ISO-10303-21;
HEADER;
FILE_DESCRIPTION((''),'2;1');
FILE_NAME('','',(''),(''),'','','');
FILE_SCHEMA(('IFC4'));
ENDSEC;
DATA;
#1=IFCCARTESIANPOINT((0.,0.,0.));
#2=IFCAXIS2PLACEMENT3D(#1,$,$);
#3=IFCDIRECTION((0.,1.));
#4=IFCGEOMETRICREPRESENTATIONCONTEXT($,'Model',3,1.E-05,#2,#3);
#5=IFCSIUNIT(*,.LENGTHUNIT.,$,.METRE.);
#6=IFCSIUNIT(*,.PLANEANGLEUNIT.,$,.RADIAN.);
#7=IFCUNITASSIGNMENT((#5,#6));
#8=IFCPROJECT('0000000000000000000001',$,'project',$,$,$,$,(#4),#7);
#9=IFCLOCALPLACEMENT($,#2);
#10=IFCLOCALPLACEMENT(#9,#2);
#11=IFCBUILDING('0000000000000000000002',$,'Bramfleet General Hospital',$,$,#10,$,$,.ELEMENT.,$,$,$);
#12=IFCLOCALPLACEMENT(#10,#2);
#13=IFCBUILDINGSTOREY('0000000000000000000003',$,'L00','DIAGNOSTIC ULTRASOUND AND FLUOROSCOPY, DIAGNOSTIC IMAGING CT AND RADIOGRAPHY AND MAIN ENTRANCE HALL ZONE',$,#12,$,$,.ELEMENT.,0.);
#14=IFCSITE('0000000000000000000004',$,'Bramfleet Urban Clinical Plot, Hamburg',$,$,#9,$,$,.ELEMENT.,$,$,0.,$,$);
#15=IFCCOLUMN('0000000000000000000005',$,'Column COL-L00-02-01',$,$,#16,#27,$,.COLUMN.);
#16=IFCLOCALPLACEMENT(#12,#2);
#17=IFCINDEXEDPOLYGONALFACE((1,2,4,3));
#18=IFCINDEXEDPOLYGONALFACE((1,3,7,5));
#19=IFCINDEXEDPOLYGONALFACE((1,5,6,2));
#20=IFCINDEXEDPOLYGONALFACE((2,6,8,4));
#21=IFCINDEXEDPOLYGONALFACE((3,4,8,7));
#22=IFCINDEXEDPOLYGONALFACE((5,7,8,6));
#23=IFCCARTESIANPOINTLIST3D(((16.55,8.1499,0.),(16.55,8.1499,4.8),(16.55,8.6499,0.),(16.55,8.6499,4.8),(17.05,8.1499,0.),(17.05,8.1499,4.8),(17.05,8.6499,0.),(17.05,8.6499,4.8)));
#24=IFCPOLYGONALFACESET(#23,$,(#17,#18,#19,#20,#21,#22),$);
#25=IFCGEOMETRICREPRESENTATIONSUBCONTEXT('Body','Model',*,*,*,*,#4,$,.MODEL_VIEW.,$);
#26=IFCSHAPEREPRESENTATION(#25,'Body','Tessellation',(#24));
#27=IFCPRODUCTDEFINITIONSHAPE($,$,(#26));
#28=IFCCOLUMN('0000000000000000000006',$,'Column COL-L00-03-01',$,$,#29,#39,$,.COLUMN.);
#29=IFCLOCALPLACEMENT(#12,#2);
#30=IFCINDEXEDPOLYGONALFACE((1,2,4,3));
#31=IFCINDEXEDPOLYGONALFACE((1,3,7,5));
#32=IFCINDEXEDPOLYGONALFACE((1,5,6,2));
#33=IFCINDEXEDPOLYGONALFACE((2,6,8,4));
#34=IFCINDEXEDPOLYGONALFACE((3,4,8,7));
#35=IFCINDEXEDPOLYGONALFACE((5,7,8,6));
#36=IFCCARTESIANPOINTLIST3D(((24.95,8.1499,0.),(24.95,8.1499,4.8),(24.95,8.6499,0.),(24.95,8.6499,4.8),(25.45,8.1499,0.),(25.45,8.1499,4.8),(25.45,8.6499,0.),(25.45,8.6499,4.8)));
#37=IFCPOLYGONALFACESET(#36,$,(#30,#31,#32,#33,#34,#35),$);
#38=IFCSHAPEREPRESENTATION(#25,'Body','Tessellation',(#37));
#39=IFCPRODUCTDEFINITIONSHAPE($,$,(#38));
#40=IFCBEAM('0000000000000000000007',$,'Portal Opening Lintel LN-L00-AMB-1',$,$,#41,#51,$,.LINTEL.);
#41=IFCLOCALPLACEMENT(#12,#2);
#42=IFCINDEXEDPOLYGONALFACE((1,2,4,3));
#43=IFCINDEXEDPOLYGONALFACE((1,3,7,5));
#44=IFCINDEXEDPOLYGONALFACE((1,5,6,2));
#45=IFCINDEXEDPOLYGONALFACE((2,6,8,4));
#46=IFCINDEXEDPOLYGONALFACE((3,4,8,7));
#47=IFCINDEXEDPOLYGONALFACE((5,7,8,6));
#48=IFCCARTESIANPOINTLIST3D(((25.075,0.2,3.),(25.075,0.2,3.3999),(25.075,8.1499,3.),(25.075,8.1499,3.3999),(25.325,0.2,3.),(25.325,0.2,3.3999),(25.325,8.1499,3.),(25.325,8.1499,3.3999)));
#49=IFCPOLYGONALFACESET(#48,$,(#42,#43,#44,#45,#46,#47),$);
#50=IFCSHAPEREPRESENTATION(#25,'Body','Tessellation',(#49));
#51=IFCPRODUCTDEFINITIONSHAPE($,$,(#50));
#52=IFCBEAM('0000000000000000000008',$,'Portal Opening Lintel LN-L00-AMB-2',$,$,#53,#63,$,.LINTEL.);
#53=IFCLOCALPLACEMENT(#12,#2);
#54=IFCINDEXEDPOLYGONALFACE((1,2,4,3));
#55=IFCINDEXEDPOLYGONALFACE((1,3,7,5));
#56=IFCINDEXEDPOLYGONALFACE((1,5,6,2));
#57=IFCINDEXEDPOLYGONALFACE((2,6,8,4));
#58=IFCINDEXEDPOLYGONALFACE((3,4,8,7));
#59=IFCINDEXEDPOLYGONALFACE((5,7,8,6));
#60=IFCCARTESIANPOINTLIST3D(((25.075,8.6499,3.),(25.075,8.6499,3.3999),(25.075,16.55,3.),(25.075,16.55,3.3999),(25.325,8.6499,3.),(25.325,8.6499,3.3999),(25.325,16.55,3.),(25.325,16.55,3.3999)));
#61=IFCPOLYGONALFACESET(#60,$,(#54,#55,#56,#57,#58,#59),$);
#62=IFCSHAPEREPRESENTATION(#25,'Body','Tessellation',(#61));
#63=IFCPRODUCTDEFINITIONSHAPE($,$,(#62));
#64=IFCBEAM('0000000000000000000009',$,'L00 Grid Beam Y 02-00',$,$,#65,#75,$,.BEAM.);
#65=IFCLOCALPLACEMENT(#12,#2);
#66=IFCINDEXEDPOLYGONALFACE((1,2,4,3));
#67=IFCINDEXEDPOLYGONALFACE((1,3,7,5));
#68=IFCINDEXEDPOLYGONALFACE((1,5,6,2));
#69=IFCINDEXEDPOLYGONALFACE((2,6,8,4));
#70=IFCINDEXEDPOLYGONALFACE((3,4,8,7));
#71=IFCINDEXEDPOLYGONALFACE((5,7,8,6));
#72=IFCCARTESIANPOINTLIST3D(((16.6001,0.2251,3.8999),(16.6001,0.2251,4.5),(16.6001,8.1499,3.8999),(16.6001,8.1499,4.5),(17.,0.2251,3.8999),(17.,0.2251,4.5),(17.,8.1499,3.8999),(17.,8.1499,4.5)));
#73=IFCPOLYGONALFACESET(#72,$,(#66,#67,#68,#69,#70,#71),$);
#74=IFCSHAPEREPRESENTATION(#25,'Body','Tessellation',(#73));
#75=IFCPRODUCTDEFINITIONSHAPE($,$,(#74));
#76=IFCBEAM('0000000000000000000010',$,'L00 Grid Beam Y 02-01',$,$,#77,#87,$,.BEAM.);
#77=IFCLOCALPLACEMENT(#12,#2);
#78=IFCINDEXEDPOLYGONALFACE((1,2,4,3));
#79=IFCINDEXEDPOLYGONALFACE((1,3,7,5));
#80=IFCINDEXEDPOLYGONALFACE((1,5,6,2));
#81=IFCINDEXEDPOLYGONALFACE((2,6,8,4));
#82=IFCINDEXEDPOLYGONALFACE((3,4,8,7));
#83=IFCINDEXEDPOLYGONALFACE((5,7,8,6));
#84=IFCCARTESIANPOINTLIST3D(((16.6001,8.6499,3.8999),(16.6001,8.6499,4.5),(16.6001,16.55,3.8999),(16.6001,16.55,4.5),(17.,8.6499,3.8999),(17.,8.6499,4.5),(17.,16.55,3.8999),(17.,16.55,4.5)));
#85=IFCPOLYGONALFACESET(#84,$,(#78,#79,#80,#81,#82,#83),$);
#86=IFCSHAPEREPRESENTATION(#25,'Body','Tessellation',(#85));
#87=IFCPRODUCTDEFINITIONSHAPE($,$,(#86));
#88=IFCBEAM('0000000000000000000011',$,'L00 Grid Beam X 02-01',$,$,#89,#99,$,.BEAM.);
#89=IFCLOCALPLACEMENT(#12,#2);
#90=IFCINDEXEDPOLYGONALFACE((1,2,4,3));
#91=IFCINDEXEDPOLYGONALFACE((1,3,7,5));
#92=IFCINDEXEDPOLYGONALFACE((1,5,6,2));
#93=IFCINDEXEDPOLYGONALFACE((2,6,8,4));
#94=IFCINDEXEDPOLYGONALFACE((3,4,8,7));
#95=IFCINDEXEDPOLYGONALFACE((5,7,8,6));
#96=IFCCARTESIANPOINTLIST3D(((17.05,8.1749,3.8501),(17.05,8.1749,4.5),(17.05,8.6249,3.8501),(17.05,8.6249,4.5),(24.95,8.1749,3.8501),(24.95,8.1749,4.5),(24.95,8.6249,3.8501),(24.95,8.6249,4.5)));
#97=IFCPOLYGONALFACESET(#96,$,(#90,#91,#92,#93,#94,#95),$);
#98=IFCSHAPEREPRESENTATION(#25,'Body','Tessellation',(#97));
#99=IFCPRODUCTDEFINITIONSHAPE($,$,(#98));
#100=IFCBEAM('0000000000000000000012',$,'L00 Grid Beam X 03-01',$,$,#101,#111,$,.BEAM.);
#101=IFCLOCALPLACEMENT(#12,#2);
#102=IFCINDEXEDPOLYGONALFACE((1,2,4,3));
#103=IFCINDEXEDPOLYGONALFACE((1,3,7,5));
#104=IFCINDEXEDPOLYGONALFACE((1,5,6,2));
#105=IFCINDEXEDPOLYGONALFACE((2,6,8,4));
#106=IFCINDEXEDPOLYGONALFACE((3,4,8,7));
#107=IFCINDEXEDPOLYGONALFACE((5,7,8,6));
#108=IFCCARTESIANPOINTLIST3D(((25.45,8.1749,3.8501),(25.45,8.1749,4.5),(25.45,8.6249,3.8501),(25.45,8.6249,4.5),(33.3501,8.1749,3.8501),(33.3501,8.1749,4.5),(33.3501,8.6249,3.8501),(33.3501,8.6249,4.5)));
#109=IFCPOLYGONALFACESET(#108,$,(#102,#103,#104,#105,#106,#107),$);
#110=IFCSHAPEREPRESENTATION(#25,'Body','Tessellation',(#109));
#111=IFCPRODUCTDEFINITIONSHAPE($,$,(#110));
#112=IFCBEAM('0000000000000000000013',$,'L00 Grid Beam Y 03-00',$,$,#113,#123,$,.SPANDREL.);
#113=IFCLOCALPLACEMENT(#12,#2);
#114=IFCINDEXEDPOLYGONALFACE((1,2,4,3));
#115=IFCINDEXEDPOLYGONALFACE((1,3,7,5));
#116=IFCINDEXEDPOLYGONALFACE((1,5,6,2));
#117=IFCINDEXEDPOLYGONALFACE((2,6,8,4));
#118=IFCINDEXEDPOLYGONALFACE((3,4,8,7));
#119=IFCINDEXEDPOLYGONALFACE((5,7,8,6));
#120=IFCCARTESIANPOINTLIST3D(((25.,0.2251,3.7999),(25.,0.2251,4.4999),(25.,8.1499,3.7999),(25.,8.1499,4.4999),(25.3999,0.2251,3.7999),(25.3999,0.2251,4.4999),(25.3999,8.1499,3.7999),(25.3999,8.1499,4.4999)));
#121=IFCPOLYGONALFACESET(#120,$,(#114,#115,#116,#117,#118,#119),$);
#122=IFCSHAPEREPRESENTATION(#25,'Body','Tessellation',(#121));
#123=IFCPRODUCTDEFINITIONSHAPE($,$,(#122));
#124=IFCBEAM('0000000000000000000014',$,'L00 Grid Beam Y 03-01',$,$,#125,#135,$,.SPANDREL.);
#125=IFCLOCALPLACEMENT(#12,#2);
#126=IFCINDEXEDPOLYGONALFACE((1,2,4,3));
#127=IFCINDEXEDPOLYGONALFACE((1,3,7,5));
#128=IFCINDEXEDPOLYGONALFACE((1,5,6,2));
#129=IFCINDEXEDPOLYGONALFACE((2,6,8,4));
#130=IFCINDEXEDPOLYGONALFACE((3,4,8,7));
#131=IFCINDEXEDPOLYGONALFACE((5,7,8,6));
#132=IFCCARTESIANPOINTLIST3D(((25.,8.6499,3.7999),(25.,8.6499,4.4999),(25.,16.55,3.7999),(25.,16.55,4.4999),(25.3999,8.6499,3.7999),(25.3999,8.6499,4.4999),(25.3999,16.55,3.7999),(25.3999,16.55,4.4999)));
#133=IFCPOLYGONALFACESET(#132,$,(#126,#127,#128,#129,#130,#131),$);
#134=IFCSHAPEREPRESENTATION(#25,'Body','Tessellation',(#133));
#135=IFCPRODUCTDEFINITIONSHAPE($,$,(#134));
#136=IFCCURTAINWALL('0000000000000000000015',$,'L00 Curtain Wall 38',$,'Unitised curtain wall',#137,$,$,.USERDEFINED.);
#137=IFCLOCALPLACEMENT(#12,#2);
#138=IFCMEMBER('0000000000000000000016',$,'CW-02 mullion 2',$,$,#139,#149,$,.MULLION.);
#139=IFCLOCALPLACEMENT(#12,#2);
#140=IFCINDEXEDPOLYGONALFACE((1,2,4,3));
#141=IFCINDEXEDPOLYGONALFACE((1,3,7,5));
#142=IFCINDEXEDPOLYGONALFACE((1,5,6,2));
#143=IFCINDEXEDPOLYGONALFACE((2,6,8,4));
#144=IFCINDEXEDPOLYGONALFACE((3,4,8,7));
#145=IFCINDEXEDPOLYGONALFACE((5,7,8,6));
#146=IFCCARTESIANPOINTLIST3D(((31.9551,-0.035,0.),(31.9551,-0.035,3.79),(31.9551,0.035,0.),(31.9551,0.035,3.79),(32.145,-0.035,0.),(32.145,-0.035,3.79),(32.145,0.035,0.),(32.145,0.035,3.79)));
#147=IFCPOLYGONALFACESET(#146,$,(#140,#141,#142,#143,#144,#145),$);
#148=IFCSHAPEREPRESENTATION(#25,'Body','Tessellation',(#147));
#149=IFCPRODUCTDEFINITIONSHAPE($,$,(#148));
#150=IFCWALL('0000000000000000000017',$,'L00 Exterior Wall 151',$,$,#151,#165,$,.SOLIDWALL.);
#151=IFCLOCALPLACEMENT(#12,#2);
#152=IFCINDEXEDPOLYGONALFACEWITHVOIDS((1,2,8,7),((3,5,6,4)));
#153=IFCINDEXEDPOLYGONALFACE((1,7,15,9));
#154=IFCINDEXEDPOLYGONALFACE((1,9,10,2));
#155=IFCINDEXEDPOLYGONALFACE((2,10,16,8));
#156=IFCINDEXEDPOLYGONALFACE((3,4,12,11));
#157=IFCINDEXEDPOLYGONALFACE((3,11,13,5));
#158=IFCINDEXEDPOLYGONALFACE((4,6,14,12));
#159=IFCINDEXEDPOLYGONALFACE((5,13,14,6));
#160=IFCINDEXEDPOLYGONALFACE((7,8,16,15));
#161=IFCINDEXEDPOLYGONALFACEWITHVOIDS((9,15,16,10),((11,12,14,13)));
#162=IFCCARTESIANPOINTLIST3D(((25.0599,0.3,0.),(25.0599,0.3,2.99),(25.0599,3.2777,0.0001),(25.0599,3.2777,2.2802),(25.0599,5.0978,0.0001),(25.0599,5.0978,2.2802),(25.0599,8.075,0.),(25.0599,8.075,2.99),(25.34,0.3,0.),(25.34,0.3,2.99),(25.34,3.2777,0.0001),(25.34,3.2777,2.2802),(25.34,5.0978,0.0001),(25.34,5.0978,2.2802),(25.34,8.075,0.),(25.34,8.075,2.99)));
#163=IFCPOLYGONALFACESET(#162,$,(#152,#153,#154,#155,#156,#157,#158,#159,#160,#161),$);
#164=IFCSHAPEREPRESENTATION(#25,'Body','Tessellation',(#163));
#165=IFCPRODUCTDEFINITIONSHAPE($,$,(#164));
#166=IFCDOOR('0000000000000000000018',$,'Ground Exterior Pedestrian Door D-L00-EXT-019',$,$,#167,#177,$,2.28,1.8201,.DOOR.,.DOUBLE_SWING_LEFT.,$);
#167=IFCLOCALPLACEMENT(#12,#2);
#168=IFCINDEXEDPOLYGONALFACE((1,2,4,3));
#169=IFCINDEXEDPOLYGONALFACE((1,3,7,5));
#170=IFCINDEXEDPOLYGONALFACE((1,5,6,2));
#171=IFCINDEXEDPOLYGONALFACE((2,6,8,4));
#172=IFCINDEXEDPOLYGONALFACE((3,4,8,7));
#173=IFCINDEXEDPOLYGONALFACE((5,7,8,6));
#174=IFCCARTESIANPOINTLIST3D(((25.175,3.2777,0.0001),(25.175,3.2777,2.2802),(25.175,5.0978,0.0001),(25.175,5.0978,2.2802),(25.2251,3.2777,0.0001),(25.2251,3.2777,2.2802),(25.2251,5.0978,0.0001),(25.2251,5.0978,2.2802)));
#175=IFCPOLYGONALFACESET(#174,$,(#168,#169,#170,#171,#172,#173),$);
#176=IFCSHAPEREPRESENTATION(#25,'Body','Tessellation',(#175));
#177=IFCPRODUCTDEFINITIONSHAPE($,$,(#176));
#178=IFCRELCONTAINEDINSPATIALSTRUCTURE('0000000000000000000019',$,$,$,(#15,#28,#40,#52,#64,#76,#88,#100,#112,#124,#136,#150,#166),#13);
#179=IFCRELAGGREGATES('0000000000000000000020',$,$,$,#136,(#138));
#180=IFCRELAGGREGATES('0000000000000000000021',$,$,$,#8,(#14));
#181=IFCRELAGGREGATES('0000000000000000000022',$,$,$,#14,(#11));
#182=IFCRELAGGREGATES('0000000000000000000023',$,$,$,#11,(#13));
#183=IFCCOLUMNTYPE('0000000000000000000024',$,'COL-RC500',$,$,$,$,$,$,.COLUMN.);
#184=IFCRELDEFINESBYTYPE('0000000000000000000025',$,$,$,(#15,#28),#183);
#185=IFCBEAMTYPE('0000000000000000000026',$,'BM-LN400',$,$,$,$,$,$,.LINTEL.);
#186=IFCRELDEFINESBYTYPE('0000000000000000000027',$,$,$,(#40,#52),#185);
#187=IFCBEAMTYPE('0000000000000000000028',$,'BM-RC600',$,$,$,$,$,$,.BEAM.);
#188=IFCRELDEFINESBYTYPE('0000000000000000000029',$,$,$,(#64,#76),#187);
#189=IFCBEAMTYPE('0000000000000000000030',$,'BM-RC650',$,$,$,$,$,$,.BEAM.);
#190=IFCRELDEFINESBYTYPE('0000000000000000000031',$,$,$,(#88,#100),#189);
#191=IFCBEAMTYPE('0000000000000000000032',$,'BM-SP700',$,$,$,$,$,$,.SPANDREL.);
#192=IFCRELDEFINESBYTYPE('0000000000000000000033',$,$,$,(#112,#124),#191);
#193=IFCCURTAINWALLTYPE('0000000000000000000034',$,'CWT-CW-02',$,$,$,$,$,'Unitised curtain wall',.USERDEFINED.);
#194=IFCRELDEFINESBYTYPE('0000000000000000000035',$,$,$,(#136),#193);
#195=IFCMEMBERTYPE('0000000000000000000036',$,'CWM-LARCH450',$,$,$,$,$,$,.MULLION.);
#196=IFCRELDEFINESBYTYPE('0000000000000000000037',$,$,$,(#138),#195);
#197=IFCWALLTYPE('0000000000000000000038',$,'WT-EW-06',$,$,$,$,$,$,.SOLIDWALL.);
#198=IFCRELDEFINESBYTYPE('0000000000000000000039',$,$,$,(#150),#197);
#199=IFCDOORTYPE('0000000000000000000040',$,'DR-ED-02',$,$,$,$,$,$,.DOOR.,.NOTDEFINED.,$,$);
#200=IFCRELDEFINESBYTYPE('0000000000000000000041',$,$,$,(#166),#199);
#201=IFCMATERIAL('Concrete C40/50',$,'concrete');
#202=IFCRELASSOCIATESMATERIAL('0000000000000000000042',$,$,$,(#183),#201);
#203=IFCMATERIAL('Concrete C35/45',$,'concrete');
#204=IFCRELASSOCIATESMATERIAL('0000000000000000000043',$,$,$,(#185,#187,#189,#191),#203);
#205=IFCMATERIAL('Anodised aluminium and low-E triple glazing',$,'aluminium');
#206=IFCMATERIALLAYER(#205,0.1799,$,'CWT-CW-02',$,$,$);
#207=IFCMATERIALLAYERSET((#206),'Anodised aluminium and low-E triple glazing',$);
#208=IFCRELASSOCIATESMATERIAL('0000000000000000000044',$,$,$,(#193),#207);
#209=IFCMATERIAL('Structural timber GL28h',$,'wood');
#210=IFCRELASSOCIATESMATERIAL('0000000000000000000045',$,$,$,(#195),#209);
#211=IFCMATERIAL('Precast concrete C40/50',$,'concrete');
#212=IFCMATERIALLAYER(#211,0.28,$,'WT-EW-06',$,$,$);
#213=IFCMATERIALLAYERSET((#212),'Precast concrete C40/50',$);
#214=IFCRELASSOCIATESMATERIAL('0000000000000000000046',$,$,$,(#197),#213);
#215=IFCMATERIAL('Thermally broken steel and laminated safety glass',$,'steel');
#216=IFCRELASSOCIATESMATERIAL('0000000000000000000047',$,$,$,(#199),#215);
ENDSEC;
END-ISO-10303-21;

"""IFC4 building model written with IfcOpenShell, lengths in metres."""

from ifc_helpers import new_model, si_unit, direction, frame, frame_2d, origin, origin_2d, place, context, subcontext, project, spatial, rectangle, extrude, material, layer, layer_set, material_profile, profile_set, type_object, element, fill, aggregate, save


model = new_model("IFC4")

# Units and contexts
model_context = context("Model", 3, precision=1e-05, world=origin(), true_north=direction((0.0, 1.0)))
body_context = subcontext(model_context, "Body", "Model", "MODEL_VIEW")
ifc_project = project(units=[si_unit("LENGTHUNIT", "METRE"), si_unit("PLANEANGLEUNIT", "RADIAN")], contexts=[model_context])

# Site, building, storey
site_placement = place(None, origin())
site = spatial("IfcSite", under=ifc_project, at=site_placement, Name="Bramfleet Urban Clinical Plot, Hamburg", CompositionType="ELEMENT", RefElevation=0.0)
building_placement = place(site_placement, origin())
building = spatial("IfcBuilding", under=site, at=building_placement, Name="Bramfleet General Hospital", CompositionType="ELEMENT")
storey_placement = place(building_placement, origin())
storey = spatial("IfcBuildingStorey", under=building, at=storey_placement, Name="L00", Description="DIAGNOSTIC ULTRASOUND AND FLUOROSCOPY, DIAGNOSTIC IMAGING CT AND RADIOGRAPHY AND MAIN ENTRANCE HALL ZONE", CompositionType="ELEMENT", Elevation=0.0)

# Columns
ifc_material_1 = material(Name="Concrete C40/50", Category="concrete")
ifc_material_profile_1 = material_profile(ifc_material_1, rectangle(XDim=0.5, YDim=0.5, at=origin_2d()), Name="RC COL 500x500")
ifc_profile_set_1 = profile_set([ifc_material_profile_1], Name="Concrete C40/50")
column_type = type_object("IfcColumnType", Name="COL-RC500", PredefinedType="COLUMN", material=ifc_profile_set_1)
for number, where, z_axis, x_axis, name in (
    (1, (16.8, 8.3999, 0.0), (0.0, 0.0, 1.0), (1.0, 0.0, 0.0), "Column COL-L00-02-01"),
    (2, (25.2, 8.3999, 0.0), (0.0, 0.0, 1.0), (1.0, 0.0, 0.0), "Column COL-L00-03-01"),
):
    element("IfcColumn", number, at=place(storey_placement, frame(where, z_axis=z_axis, x_axis=x_axis)), inside=storey, type_object=column_type, Name=name, PredefinedType="COLUMN", context=body_context, shape_type="SweptSolid", body=[
        extrude(rectangle(XDim=0.5, YDim=0.5, at=origin_2d()), origin(), (0.0, 0.0, 1.0), 4.8),
    ])

# Beams
ifc_material_2 = material(Name="Concrete C35/45", Category="concrete")
ifc_material_profile_2 = material_profile(ifc_material_2, rectangle(XDim=0.25, YDim=0.3999, at=origin_2d()), Name="RC LN 400x250")
ifc_profile_set_2 = profile_set([ifc_material_profile_2], Name="Concrete C35/45")
beam_type_1 = type_object("IfcBeamType", Name="BM-LN400", PredefinedType="LINTEL", material=ifc_profile_set_2)
beam_1_placement = place(storey_placement, frame((25.2, 0.2, 3.2), z_axis=(0.0, 1.0, 0.0), x_axis=(-1.0, 0.0, 0.0)))
element("IfcBeam", 3, at=beam_1_placement, inside=storey, type_object=beam_type_1, Name="Portal Opening Lintel LN-L00-AMB-1", PredefinedType="LINTEL", context=body_context, shape_type="SweptSolid", body=[
    extrude(rectangle(XDim=0.25, YDim=0.3999, at=origin_2d()), origin(), (0.0, 0.0, 1.0), 7.95),
])
beam_2_placement = place(storey_placement, frame((25.2, 8.6499, 3.2), z_axis=(0.0, 1.0, 0.0), x_axis=(-1.0, 0.0, 0.0)))
element("IfcBeam", 4, at=beam_2_placement, inside=storey, type_object=beam_type_1, Name="Portal Opening Lintel LN-L00-AMB-2", PredefinedType="LINTEL", context=body_context, shape_type="SweptSolid", body=[
    extrude(rectangle(XDim=0.25, YDim=0.3999, at=origin_2d()), origin(), (0.0, 0.0, 1.0), 7.9001),
])
ifc_material_profile_3 = material_profile(ifc_material_2, rectangle(XDim=0.3999, YDim=0.6001, at=origin_2d()), Name="RC BM 600x400")
ifc_profile_set_3 = profile_set([ifc_material_profile_3], Name="Concrete C35/45")
beam_type_2 = type_object("IfcBeamType", Name="BM-RC600", PredefinedType="BEAM", material=ifc_profile_set_3)
beam_3_placement = place(storey_placement, frame((16.8, 0.2251, 4.2), z_axis=(0.0, 1.0, 0.0), x_axis=(-1.0, 0.0, 0.0)))
element("IfcBeam", 5, at=beam_3_placement, inside=storey, type_object=beam_type_2, Name="L00 Grid Beam Y 02-00", PredefinedType="BEAM", context=body_context, shape_type="SweptSolid", body=[
    extrude(rectangle(XDim=0.3999, YDim=0.6001, at=origin_2d()), origin(), (0.0, 0.0, 1.0), 7.9248),
])
beam_4_placement = place(storey_placement, frame((16.8, 8.6499, 4.2), z_axis=(0.0, 1.0, 0.0), x_axis=(-1.0, 0.0, 0.0)))
element("IfcBeam", 6, at=beam_4_placement, inside=storey, type_object=beam_type_2, Name="L00 Grid Beam Y 02-01", PredefinedType="BEAM", context=body_context, shape_type="SweptSolid", body=[
    extrude(rectangle(XDim=0.3999, YDim=0.6001, at=origin_2d()), origin(), (0.0, 0.0, 1.0), 7.9001),
])
ifc_material_profile_4 = material_profile(ifc_material_2, rectangle(XDim=0.45, YDim=0.6499, at=origin_2d()), Name="RC BM 650x450")
ifc_profile_set_4 = profile_set([ifc_material_profile_4], Name="Concrete C35/45")
beam_type_3 = type_object("IfcBeamType", Name="BM-RC650", PredefinedType="BEAM", material=ifc_profile_set_4)
beam_5_placement = place(storey_placement, frame((17.05, 8.3999, 4.175), z_axis=(1.0, 0.0, 0.0), x_axis=(0.0, 1.0, 0.0)))
element("IfcBeam", 7, at=beam_5_placement, inside=storey, type_object=beam_type_3, Name="L00 Grid Beam X 02-01", PredefinedType="BEAM", context=body_context, shape_type="SweptSolid", body=[
    extrude(rectangle(XDim=0.45, YDim=0.6499, at=origin_2d()), origin(), (0.0, 0.0, 1.0), 7.8999),
])
beam_6_placement = place(storey_placement, frame((25.45, 8.3999, 4.175), z_axis=(1.0, 0.0, 0.0), x_axis=(0.0, 1.0, 0.0)))
element("IfcBeam", 8, at=beam_6_placement, inside=storey, type_object=beam_type_3, Name="L00 Grid Beam X 03-01", PredefinedType="BEAM", context=body_context, shape_type="SweptSolid", body=[
    extrude(rectangle(XDim=0.45, YDim=0.6499, at=origin_2d()), origin(), (0.0, 0.0, 1.0), 7.9001),
])
ifc_material_profile_5 = material_profile(ifc_material_2, rectangle(XDim=0.3999, YDim=0.7, at=origin_2d()), Name="RC SP 700x400")
ifc_profile_set_5 = profile_set([ifc_material_profile_5], Name="Concrete C35/45")
beam_type_4 = type_object("IfcBeamType", Name="BM-SP700", PredefinedType="SPANDREL", material=ifc_profile_set_5)
beam_7_placement = place(storey_placement, frame((25.2, 0.2251, 4.1499), z_axis=(0.0, 1.0, 0.0), x_axis=(-1.0, 0.0, 0.0)))
element("IfcBeam", 9, at=beam_7_placement, inside=storey, type_object=beam_type_4, Name="L00 Grid Beam Y 03-00", PredefinedType="SPANDREL", context=body_context, shape_type="SweptSolid", body=[
    extrude(rectangle(XDim=0.3999, YDim=0.7, at=origin_2d()), origin(), (0.0, 0.0, 1.0), 7.9248),
])
beam_8_placement = place(storey_placement, frame((25.2, 8.6499, 4.1499), z_axis=(0.0, 1.0, 0.0), x_axis=(-1.0, 0.0, 0.0)))
element("IfcBeam", 10, at=beam_8_placement, inside=storey, type_object=beam_type_4, Name="L00 Grid Beam Y 03-01", PredefinedType="SPANDREL", context=body_context, shape_type="SweptSolid", body=[
    extrude(rectangle(XDim=0.3999, YDim=0.7, at=origin_2d()), origin(), (0.0, 0.0, 1.0), 7.9001),
])

# Curtain wall, member
ifc_material_3 = material(Name="Anodised aluminium and low-E triple glazing", Category="aluminium")
ifc_layer_1 = layer(ifc_material_3, 0.1799, Name="CWT-CW-02")
ifc_layer_set_1 = layer_set([ifc_layer_1], Name="Anodised aluminium and low-E triple glazing")
curtain_wall_type = type_object("IfcCurtainWallType", Name="CWT-CW-02", ElementType="Unitised curtain wall", PredefinedType="USERDEFINED", material=ifc_layer_set_1)
curtain_wall_placement = place(storey_placement, origin())
curtain_wall = element("IfcCurtainWall", 11, at=curtain_wall_placement, inside=storey, type_object=curtain_wall_type, Name="L00 Curtain Wall 38", ObjectType="Unitised curtain wall", PredefinedType="USERDEFINED")
ifc_material_4 = material(Name="Structural timber GL28h", Category="wood")
ifc_material_profile_6 = material_profile(ifc_material_4, rectangle(XDim=0.0701, YDim=0.1899, at=origin_2d()), Name="LARCH 190x70")
ifc_profile_set_6 = profile_set([ifc_material_profile_6], Name="Structural timber GL28h")
member_type = type_object("IfcMemberType", Name="CWM-LARCH450", PredefinedType="MULLION", material=ifc_profile_set_6)
member_placement = place(storey_placement, frame((32.05, 0.0, 0.0), z_axis=(0.0, 0.0, 1.0), x_axis=(0.0, -1.0, 0.0)))
member = element("IfcMember", 12, at=member_placement, type_object=member_type, Name="CW-02 mullion 2", PredefinedType="MULLION", context=body_context, shape_type="SweptSolid", body=[
    extrude(rectangle(XDim=0.0701, YDim=0.1899, at=origin_2d()), origin(), (0.0, 0.0, 1.0), 3.79),
])
aggregate(curtain_wall, [member])

# Wall, opening, door
ifc_material_5 = material(Name="Precast concrete C40/50", Category="concrete")
ifc_layer_2 = layer(ifc_material_5, 0.28, Name="WT-EW-06")
ifc_layer_set_2 = layer_set([ifc_layer_2], Name="Precast concrete C40/50")
wall_type_1 = type_object("IfcWallType", Name="WT-EW-06", PredefinedType="SOLIDWALL", material=ifc_layer_set_2)
wall_1_placement = place(storey_placement, frame((25.2, 0.3, 0.0), z_axis=(0.0, 0.0, 1.0), x_axis=(0.0, 1.0, 0.0)))
wall_1 = element("IfcWall", 13, at=wall_1_placement, inside=storey, type_object=wall_type_1, Name="L00 Exterior Wall 151", PredefinedType="SOLIDWALL", context=body_context, shape_type="SweptSolid", body=[
    extrude(rectangle(XDim=7.7749, YDim=0.28, at=frame_2d((3.8875, 0.0))), origin(), (0.0, 0.0, 1.0), 2.99),
])
opening_1_placement = place(wall_1_placement, frame((2.9775, 0.0, 0.0)))
opening_1 = element("IfcOpeningElement", 14, at=opening_1_placement, cuts=wall_1, PredefinedType="OPENING", context=body_context, shape_type="SweptSolid", body=[
    extrude(rectangle(XDim=1.8201, YDim=2.28, at=frame_2d((0.9102, 1.1401))), frame((0.0, 0.1499, 0.0), z_axis=(0.0, -1.0, 0.0), x_axis=(1.0, 0.0, 0.0)), (0.0, 0.0, 1.0), 0.3),
])
ifc_material_6 = material(Name="Thermally broken steel and laminated safety glass", Category="steel")
door_type_1 = type_object("IfcDoorType", Name="DR-ED-02", OperationType="NOTDEFINED", PredefinedType="DOOR", material=ifc_material_6)
door_1_placement = place(opening_1_placement, origin())
door_1 = element("IfcDoor", 15, at=door_1_placement, inside=storey, type_object=door_type_1, Name="Ground Exterior Pedestrian Door D-L00-EXT-019", OperationType="DOUBLE_SWING_LEFT", OverallHeight=2.28, OverallWidth=1.8201, PredefinedType="DOOR", context=body_context, shape_type="SweptSolid", body=[
    extrude(rectangle(XDim=1.8201, YDim=2.28, at=frame_2d((0.9102, 1.1401))), frame((0.0, 0.0249, 0.0), z_axis=(0.0, -1.0, 0.0), x_axis=(1.0, 0.0, 0.0)), (0.0, 0.0, 1.0), 0.05),
])
fill(opening_1, door_1)

save(model, "model.ifc")
